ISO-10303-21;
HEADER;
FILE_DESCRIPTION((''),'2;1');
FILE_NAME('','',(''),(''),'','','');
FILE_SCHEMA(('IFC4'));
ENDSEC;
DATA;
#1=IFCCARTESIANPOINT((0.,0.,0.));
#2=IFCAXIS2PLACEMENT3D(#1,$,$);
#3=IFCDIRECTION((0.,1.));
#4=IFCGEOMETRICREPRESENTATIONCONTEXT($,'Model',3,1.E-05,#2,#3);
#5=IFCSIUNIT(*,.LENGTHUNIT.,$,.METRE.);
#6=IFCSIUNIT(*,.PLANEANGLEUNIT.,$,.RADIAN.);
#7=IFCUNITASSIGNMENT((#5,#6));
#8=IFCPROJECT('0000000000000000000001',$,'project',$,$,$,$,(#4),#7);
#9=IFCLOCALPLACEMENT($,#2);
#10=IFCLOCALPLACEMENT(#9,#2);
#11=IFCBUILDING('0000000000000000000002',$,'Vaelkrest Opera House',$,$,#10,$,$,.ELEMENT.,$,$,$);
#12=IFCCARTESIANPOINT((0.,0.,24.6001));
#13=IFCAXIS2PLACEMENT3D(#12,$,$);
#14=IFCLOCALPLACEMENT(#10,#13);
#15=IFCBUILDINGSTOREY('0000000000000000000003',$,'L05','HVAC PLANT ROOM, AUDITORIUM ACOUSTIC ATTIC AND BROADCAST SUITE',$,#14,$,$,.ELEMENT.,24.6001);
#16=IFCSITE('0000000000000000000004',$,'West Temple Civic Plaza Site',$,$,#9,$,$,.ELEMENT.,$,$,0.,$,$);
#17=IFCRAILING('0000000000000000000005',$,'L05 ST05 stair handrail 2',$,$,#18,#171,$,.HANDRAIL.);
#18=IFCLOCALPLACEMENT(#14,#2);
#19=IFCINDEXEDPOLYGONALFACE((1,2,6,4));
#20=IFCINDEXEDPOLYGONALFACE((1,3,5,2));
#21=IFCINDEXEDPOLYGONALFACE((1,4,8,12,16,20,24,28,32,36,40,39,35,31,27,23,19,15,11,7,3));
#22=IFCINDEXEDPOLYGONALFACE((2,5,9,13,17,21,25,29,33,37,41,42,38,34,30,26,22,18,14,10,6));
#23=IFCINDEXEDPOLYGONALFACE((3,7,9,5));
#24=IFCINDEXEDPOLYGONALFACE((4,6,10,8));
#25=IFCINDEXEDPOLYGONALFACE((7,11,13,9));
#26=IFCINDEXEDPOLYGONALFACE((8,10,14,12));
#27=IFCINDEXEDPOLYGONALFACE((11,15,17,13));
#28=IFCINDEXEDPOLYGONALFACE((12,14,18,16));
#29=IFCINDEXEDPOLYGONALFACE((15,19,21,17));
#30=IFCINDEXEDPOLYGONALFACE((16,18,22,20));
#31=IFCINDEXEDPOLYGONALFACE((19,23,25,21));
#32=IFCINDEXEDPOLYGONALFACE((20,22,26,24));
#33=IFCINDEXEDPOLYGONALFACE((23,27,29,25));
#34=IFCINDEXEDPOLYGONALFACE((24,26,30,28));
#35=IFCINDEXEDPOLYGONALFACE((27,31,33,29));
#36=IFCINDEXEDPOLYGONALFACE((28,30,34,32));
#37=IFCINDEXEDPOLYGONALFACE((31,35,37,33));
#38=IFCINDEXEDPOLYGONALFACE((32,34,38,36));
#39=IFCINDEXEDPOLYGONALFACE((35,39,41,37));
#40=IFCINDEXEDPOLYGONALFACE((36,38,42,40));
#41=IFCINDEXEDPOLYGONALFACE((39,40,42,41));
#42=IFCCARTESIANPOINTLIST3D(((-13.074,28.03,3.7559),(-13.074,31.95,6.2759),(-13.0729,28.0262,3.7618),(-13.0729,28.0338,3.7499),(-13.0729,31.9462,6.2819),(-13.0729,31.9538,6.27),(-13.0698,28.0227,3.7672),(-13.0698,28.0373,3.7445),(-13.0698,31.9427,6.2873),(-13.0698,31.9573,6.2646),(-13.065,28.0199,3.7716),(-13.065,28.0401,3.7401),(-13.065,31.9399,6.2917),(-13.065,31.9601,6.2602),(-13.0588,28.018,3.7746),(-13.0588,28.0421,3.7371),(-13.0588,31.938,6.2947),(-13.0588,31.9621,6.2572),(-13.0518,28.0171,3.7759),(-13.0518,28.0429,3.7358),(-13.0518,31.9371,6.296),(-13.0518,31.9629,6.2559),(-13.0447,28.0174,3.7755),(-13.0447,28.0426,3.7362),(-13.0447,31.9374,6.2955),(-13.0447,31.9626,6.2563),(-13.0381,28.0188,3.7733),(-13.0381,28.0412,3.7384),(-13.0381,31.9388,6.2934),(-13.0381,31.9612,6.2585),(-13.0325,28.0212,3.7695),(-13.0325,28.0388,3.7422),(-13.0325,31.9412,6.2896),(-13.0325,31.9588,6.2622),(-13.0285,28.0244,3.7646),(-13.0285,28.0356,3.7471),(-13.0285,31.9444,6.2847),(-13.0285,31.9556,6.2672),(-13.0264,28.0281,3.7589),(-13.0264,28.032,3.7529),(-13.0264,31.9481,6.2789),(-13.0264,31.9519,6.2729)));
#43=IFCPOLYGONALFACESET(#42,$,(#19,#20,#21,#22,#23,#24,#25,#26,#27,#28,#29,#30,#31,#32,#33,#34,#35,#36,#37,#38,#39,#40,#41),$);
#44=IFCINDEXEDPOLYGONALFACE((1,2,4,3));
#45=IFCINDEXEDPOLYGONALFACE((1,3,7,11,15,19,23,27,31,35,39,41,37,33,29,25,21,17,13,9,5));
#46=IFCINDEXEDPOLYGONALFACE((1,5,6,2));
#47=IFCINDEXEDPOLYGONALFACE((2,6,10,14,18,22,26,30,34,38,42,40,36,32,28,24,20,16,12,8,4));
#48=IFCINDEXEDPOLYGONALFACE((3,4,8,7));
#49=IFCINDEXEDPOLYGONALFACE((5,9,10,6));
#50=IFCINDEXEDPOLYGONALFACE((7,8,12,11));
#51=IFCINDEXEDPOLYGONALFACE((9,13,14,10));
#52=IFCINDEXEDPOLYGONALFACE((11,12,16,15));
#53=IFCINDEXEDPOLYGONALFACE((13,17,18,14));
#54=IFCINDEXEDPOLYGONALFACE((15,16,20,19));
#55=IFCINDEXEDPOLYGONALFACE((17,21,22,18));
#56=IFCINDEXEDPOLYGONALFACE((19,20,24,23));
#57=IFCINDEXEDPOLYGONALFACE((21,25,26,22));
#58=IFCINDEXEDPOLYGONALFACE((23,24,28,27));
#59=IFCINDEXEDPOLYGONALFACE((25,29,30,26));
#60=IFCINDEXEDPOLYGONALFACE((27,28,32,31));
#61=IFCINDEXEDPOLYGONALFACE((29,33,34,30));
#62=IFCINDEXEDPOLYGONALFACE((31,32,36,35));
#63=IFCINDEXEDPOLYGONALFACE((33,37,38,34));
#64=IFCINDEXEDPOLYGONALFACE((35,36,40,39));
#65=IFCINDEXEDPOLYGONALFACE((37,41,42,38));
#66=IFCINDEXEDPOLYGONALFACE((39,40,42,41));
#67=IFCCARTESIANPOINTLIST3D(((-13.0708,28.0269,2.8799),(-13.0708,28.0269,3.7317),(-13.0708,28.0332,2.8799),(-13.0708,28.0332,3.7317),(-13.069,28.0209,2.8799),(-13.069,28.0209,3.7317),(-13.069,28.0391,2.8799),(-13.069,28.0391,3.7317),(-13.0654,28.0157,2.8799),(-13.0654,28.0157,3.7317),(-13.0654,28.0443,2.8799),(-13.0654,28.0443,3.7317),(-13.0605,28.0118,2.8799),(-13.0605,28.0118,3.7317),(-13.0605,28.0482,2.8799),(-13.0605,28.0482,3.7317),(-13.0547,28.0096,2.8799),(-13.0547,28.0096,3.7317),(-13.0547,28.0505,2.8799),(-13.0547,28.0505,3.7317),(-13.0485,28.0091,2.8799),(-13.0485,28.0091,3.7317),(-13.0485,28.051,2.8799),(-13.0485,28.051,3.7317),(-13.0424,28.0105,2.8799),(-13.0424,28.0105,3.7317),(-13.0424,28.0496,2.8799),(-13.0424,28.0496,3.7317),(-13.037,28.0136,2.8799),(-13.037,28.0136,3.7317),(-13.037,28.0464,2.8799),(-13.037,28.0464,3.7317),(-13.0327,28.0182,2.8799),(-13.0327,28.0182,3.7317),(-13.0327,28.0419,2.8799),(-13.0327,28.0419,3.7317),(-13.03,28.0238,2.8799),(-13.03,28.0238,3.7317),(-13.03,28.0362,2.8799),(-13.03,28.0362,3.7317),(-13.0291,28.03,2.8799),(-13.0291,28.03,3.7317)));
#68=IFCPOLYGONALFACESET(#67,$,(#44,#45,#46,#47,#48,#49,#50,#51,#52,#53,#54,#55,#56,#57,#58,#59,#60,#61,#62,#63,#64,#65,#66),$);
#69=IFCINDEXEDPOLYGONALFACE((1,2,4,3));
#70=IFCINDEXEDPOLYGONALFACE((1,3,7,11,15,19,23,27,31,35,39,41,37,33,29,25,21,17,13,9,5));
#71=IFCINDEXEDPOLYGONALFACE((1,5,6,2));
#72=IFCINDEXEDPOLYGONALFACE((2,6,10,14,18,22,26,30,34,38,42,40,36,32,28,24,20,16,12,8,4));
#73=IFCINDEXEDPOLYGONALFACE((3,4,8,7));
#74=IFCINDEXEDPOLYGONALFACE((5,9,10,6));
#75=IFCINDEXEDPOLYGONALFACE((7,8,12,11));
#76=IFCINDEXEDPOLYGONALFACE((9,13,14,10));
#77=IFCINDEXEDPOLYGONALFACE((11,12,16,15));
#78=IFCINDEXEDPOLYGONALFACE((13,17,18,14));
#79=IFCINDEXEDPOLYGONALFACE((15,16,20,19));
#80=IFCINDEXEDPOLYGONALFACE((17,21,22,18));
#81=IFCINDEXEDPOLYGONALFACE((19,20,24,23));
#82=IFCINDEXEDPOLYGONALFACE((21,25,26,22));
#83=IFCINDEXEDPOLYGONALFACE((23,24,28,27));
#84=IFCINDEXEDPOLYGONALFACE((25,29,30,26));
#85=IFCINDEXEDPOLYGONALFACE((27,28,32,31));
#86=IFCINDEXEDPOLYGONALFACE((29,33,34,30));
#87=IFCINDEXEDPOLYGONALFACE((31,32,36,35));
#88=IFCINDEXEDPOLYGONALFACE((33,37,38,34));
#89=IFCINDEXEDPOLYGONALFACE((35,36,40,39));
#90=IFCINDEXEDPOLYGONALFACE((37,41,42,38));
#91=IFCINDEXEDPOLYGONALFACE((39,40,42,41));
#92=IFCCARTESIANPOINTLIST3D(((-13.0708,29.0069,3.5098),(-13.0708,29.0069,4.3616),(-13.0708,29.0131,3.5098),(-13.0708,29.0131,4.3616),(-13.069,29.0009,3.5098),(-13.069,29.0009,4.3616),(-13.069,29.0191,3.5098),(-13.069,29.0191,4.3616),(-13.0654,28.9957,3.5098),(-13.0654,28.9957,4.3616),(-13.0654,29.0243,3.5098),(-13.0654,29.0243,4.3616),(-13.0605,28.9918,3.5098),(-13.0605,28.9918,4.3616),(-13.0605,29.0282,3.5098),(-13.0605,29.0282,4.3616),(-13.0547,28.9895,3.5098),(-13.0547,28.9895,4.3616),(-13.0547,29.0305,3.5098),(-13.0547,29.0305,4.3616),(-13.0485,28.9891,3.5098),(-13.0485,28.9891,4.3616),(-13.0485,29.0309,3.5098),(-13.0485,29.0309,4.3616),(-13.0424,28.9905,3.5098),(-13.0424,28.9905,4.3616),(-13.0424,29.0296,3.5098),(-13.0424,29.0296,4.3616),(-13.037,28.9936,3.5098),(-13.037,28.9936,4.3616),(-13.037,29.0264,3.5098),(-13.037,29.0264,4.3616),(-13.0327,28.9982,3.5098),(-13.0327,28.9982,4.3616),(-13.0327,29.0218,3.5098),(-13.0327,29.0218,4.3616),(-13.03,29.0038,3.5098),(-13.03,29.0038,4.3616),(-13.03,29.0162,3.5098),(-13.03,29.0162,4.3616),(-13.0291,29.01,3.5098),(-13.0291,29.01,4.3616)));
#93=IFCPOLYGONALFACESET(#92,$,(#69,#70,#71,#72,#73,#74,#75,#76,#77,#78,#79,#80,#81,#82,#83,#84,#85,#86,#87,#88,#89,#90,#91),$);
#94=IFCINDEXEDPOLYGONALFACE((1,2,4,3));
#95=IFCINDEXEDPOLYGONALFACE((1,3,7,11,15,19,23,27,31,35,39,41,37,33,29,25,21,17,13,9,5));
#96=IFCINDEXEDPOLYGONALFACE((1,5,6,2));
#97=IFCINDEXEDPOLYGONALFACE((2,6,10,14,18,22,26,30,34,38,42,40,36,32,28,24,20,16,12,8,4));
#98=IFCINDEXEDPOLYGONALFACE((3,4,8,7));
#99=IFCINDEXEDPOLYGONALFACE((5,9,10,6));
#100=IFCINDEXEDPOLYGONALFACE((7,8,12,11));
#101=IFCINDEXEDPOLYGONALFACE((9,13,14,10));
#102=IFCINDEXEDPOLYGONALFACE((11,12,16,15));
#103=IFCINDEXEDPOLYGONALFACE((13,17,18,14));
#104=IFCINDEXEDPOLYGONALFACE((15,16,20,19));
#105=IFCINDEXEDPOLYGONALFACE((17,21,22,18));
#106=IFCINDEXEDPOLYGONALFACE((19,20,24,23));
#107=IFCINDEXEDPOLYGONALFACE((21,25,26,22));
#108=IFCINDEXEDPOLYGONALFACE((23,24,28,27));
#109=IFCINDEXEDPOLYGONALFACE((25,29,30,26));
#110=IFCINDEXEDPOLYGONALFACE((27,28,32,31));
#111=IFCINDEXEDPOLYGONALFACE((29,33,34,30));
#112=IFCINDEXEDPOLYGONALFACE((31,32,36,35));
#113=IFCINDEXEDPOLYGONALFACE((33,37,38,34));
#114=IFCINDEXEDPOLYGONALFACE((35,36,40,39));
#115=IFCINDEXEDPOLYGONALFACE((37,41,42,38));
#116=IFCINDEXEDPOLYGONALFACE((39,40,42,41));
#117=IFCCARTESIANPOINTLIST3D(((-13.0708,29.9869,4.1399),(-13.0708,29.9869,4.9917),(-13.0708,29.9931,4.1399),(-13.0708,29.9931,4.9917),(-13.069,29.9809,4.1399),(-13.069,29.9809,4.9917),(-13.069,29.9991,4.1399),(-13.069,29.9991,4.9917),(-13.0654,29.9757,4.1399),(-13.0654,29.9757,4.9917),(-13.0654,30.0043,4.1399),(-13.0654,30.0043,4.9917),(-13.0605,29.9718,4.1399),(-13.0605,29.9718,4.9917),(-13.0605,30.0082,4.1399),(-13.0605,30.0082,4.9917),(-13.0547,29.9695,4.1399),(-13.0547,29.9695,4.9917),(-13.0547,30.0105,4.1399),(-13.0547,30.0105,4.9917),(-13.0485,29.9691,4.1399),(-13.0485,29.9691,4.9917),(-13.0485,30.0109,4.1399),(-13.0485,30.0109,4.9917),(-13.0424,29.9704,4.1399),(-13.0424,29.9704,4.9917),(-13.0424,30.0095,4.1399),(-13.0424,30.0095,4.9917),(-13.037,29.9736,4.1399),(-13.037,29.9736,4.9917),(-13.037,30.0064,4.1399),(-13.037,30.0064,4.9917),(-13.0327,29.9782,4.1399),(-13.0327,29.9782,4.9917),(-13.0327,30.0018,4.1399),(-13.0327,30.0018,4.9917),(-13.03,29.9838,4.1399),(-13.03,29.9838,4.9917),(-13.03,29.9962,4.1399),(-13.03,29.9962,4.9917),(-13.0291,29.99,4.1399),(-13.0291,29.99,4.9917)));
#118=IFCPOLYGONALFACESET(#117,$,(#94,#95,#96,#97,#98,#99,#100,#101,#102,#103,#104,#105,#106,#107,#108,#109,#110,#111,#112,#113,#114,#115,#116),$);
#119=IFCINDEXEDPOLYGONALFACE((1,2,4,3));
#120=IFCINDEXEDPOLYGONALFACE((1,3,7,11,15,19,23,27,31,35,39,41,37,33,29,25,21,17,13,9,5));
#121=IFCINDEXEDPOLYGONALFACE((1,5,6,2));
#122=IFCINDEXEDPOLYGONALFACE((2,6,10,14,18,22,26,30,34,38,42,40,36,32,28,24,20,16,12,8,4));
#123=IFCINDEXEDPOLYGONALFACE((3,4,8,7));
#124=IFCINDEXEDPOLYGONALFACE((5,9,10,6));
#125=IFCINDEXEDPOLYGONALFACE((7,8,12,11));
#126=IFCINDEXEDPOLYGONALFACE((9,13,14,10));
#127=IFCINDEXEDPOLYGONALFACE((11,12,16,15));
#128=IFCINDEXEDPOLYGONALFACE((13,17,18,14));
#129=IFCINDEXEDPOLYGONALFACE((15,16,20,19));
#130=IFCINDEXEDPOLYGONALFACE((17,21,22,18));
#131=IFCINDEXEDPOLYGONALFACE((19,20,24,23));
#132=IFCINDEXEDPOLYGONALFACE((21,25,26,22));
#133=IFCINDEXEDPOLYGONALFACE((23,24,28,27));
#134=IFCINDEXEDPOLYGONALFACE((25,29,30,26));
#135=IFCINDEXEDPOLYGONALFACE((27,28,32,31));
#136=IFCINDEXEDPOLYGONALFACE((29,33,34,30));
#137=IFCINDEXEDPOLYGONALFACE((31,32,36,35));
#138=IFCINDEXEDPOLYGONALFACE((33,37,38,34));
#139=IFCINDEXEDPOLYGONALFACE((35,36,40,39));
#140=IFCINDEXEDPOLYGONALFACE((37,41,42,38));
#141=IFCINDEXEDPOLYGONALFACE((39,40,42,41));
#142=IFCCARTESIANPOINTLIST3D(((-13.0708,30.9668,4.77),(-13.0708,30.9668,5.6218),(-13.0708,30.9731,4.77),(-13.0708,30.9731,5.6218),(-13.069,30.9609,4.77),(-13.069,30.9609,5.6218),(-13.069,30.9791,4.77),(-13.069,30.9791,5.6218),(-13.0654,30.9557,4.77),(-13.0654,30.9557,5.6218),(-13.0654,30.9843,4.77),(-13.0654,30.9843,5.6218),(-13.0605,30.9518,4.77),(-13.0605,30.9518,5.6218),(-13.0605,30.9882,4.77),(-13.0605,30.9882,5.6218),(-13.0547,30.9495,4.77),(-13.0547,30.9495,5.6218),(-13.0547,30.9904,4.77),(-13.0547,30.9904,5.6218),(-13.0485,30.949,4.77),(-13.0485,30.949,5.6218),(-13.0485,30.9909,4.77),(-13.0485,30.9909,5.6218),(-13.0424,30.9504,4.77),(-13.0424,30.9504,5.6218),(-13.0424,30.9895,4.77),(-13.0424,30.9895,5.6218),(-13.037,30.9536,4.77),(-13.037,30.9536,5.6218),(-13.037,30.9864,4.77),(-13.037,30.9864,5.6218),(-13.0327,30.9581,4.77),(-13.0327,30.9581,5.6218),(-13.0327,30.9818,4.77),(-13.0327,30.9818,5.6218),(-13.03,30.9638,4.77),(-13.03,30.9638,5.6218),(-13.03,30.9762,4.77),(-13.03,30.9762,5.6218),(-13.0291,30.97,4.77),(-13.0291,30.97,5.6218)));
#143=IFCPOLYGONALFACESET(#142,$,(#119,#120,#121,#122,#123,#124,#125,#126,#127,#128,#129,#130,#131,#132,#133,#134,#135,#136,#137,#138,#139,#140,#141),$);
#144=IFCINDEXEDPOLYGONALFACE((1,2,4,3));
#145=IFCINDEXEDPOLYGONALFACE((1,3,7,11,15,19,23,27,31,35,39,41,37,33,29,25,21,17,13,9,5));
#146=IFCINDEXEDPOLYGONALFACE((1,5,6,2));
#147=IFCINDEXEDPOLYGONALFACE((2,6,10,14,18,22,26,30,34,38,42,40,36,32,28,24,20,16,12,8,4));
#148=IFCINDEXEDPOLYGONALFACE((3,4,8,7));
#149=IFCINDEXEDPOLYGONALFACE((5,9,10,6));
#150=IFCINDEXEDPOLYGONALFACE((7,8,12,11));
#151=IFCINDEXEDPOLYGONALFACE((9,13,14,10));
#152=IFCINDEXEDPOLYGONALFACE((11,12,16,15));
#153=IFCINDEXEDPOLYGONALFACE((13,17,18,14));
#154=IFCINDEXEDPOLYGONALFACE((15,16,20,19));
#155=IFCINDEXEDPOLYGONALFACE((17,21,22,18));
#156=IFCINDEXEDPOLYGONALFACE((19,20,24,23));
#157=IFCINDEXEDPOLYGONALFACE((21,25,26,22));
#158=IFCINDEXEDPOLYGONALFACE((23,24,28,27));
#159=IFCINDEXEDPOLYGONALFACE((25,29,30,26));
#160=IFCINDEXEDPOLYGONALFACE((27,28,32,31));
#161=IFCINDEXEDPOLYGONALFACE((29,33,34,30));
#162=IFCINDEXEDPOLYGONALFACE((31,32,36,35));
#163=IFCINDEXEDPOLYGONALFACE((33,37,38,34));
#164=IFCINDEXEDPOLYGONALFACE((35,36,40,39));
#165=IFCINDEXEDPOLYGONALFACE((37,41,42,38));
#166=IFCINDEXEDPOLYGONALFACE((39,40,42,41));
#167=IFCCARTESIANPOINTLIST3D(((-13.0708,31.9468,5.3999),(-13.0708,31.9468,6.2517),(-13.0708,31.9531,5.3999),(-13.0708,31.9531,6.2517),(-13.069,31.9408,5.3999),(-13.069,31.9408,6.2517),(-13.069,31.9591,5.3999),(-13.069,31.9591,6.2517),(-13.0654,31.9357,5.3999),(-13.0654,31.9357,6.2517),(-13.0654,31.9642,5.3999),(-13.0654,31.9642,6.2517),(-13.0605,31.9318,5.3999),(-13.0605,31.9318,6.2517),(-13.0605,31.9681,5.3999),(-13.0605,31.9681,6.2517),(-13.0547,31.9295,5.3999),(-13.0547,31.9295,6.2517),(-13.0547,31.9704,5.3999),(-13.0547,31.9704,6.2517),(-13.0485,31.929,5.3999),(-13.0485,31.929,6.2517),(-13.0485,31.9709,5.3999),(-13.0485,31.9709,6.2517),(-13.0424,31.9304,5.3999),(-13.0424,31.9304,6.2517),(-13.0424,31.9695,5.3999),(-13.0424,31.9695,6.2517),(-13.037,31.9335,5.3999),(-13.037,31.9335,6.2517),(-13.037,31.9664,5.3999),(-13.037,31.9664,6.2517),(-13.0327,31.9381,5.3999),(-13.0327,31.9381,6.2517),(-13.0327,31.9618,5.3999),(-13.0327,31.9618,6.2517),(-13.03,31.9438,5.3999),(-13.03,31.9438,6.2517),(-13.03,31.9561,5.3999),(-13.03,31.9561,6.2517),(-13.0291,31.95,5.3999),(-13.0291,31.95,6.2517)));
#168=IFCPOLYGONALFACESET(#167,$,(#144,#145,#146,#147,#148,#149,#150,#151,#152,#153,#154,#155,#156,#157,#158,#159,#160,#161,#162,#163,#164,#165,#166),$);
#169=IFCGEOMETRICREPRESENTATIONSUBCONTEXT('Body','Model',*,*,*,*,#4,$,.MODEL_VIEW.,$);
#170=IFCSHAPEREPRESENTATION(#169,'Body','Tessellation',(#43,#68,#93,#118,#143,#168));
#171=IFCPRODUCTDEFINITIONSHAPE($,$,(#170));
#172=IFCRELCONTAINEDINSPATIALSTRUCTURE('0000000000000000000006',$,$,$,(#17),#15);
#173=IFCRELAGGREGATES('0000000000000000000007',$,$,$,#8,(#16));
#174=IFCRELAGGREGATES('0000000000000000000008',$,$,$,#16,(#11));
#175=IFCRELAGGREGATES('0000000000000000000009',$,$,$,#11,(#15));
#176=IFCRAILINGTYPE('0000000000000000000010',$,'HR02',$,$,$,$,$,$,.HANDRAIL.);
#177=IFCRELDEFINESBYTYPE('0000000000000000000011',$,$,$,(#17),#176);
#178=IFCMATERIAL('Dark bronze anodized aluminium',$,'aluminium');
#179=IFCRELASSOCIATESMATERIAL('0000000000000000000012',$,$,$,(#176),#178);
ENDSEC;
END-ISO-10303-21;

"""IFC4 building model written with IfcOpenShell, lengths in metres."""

from ifc_helpers import new_model, si_unit, direction, frame, origin, origin_2d, place, context, subcontext, project, spatial, circle, extrude, material, type_object, element, save


model = new_model("IFC4")

# Units and contexts
model_context = context("Model", 3, precision=1e-05, world=origin(), true_north=direction((0.0, 1.0)))
body_context = subcontext(model_context, "Body", "Model", "MODEL_VIEW")
ifc_project = project(units=[si_unit("LENGTHUNIT", "METRE"), si_unit("PLANEANGLEUNIT", "RADIAN")], contexts=[model_context])

# Site, building, storey
site_placement = place(None, origin())
site = spatial("IfcSite", under=ifc_project, at=site_placement, Name="West Temple Civic Plaza Site", CompositionType="ELEMENT", RefElevation=0.0)
building_placement = place(site_placement, origin())
building = spatial("IfcBuilding", under=site, at=building_placement, Name="Vaelkrest Opera House", CompositionType="ELEMENT")
storey_placement = place(building_placement, frame((0.0, 0.0, 24.6001)))
storey = spatial("IfcBuildingStorey", under=building, at=storey_placement, Name="L05", Description="HVAC PLANT ROOM, AUDITORIUM ACOUSTIC ATTIC AND BROADCAST SUITE", CompositionType="ELEMENT", Elevation=24.6001)

# Railing
ifc_material_1 = material(Name="Dark bronze anodized aluminium", Category="aluminium")
railing_type_1 = type_object("IfcRailingType", Name="HR02", PredefinedType="HANDRAIL", material=ifc_material_1)
railing_1_placement = place(storey_placement, frame((-13.05, 28.03, 2.8799)))
element("IfcRailing", 1, at=railing_1_placement, inside=storey, type_object=railing_type_1, Name="L05 ST05 stair handrail 2", PredefinedType="HANDRAIL", context=body_context, shape_type="SweptSolid", body=[
    extrude(circle(Radius=0.0239, at=origin_2d()), frame((0.0, 0.0, 0.876), z_axis=(0.0, 0.841172, 0.540768), x_axis=(-1.0, 0.0, 0.0)), (0.0, 0.0, 1.0), 4.6602),
    extrude(circle(Radius=0.021, at=origin_2d()), origin(), (0.0, 0.0, 1.0), 0.8518),
    extrude(circle(Radius=0.021, at=origin_2d()), frame((0.0, 0.98, 0.6299)), (0.0, 0.0, 1.0), 0.8518),
    extrude(circle(Radius=0.021, at=origin_2d()), frame((0.0, 1.96, 1.26)), (0.0, 0.0, 1.0), 0.8518),
    extrude(circle(Radius=0.021, at=origin_2d()), frame((0.0, 2.9399, 1.8901)), (0.0, 0.0, 1.0), 0.8518),
    extrude(circle(Radius=0.021, at=origin_2d()), frame((0.0, 3.9199, 2.52)), (0.0, 0.0, 1.0), 0.8518),
])

save(model, "model.ifc")
